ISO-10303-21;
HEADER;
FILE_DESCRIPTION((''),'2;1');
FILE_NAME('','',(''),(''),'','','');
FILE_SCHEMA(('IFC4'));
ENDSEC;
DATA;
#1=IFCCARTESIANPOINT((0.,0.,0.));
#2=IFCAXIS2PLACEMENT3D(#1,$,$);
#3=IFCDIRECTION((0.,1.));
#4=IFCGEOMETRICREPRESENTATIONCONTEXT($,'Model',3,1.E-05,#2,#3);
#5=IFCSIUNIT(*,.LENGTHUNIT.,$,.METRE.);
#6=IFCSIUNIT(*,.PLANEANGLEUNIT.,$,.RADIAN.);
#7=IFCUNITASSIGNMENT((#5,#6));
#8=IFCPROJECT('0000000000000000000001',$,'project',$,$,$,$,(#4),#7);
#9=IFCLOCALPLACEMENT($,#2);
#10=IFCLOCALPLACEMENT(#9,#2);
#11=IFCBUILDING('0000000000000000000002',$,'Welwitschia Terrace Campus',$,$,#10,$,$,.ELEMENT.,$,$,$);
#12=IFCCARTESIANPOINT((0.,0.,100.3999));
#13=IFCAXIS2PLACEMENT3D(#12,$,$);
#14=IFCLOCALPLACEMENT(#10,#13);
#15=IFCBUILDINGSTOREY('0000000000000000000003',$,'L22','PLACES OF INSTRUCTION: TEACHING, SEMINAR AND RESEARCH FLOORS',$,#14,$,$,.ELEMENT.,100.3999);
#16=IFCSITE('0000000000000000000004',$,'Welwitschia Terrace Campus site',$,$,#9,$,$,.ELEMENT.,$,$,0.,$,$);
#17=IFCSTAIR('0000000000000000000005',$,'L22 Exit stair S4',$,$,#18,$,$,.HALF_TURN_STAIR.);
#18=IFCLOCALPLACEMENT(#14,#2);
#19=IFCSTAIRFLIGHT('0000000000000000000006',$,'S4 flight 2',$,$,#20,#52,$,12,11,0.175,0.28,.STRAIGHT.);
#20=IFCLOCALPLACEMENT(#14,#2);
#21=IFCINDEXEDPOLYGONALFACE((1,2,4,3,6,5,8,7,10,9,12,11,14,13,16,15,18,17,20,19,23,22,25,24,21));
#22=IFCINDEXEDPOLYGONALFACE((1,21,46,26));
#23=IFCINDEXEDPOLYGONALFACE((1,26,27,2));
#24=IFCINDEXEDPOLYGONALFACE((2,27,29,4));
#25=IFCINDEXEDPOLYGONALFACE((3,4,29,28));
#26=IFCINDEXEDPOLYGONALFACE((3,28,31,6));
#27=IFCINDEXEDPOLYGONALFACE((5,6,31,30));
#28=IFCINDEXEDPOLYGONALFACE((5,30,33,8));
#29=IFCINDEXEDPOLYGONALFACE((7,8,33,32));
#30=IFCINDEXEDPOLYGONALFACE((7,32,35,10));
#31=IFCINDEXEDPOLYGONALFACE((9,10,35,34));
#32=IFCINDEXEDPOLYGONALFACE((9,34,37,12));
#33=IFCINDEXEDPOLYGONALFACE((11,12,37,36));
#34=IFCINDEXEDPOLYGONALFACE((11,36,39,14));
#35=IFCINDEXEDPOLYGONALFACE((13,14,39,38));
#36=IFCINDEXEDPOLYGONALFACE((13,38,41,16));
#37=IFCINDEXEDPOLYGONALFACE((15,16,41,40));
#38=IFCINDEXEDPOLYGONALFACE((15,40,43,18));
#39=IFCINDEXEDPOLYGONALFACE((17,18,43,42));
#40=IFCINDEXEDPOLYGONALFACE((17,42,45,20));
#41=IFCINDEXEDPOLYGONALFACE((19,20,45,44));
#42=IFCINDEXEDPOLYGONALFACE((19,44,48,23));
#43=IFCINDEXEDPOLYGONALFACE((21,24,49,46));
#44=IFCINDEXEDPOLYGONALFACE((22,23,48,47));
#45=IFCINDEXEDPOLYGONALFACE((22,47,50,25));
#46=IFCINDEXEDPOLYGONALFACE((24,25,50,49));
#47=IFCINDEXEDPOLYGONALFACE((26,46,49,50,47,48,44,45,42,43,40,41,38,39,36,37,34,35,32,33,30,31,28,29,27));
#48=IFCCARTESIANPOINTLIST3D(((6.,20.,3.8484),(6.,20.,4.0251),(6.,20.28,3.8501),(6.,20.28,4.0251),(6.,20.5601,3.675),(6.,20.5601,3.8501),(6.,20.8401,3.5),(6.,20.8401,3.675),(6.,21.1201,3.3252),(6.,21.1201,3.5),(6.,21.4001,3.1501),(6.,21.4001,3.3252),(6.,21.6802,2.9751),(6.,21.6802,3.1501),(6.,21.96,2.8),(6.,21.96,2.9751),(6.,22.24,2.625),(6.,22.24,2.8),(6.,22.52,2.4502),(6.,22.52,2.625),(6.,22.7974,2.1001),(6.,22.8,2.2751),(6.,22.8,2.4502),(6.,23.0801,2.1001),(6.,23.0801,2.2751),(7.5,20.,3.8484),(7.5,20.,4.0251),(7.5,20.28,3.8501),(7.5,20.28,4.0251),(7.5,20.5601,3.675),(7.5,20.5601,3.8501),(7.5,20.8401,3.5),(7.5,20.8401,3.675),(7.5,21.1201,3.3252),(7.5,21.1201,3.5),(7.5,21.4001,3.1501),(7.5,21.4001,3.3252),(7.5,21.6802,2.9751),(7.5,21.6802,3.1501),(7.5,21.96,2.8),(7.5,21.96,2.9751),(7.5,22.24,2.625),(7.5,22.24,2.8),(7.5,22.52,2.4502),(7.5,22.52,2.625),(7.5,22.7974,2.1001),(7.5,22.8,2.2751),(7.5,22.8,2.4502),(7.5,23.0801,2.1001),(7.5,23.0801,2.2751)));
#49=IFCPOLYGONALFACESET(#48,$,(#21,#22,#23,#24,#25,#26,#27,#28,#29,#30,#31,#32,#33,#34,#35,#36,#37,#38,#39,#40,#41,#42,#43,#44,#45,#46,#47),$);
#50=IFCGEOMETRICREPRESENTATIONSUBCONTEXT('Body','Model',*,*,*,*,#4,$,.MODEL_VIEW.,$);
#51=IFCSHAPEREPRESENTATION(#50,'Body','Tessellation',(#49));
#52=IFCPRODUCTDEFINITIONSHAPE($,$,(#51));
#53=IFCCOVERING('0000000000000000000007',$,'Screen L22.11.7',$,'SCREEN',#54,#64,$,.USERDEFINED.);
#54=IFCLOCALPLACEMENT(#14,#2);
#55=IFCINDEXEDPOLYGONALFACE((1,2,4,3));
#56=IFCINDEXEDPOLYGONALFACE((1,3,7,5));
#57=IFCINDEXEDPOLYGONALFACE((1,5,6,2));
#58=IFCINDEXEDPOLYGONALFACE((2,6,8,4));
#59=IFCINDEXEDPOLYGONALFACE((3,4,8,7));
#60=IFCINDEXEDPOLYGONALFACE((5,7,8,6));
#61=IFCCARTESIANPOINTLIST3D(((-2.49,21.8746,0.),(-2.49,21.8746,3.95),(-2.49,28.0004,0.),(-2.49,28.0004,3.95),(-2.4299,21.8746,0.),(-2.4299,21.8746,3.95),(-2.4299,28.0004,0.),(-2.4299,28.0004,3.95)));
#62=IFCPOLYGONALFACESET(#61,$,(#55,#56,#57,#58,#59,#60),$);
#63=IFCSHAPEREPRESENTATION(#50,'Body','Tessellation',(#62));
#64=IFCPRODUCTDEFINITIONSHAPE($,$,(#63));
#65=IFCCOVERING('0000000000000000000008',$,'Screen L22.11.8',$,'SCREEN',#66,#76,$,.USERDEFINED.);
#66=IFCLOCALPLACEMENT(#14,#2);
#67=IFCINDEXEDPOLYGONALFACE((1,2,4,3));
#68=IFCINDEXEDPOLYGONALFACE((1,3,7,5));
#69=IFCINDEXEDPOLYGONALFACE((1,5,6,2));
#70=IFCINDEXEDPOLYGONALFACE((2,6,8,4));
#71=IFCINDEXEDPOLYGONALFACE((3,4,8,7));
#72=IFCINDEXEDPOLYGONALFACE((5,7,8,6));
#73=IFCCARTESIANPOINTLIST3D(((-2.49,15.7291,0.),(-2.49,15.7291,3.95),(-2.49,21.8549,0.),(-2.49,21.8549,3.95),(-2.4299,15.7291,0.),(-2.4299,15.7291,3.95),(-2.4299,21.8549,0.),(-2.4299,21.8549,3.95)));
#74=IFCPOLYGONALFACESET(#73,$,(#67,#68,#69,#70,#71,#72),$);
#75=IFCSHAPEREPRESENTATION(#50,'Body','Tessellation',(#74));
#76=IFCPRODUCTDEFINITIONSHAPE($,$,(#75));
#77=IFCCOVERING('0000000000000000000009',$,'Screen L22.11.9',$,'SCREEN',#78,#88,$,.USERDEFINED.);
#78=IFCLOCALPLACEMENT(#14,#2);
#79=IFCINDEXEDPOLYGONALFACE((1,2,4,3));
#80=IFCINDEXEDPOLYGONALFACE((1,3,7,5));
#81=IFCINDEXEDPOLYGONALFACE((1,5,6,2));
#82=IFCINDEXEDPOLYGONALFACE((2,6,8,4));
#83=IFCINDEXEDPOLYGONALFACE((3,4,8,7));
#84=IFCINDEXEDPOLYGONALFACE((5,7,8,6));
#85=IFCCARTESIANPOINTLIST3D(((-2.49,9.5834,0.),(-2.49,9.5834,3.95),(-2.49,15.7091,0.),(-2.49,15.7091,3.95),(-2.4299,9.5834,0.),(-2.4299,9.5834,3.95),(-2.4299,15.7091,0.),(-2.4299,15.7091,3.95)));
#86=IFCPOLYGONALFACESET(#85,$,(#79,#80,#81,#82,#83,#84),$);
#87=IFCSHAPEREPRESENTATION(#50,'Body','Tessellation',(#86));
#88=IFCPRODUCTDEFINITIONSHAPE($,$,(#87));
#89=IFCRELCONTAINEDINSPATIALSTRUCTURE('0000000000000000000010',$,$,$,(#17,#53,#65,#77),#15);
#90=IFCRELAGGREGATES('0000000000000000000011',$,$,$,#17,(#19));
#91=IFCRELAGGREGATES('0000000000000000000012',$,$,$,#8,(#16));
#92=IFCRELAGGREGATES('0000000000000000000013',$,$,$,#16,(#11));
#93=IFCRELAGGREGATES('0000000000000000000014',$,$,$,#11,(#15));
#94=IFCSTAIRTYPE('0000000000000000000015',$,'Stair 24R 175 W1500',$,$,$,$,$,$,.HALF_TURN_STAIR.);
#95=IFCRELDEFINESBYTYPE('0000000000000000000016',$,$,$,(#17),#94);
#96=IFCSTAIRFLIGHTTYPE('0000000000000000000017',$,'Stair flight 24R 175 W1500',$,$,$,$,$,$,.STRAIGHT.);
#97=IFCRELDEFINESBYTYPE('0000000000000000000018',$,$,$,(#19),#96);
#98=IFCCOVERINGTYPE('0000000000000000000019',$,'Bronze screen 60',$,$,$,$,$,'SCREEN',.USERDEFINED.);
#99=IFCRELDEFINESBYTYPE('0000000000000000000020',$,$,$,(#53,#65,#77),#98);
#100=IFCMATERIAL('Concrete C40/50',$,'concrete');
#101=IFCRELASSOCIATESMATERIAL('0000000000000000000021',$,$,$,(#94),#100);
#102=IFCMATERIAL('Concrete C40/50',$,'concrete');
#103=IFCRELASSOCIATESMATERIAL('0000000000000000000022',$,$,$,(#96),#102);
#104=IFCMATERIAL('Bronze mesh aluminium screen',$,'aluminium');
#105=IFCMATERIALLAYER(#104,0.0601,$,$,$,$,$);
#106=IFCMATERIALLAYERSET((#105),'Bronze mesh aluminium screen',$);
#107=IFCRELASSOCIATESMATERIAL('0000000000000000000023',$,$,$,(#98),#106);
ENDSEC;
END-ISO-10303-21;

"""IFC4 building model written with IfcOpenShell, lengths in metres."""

from ifc_helpers import new_model, si_unit, direction, frame, origin, origin_2d, place, context, subcontext, project, spatial, polyline, rectangle, outline, extrude, material, layer, layer_set, type_object, element, aggregate, save


model = new_model("IFC4")

# Units and contexts
model_context = context("Model", 3, precision=1e-05, world=origin(), true_north=direction((0.0, 1.0)))
body_context = subcontext(model_context, "Body", "Model", "MODEL_VIEW")
ifc_project = project(units=[si_unit("LENGTHUNIT", "METRE"), si_unit("PLANEANGLEUNIT", "RADIAN")], contexts=[model_context])

# Site, building, storey
site_placement = place(None, origin())
site = spatial("IfcSite", under=ifc_project, at=site_placement, Name="Welwitschia Terrace Campus site", CompositionType="ELEMENT", RefElevation=0.0)
building_placement = place(site_placement, origin())
building = spatial("IfcBuilding", under=site, at=building_placement, Name="Welwitschia Terrace Campus", CompositionType="ELEMENT")
storey_placement = place(building_placement, frame((0.0, 0.0, 100.3999)))
storey = spatial("IfcBuildingStorey", under=building, at=storey_placement, Name="L22", Description="PLACES OF INSTRUCTION: TEACHING, SEMINAR AND RESEARCH FLOORS", CompositionType="ELEMENT", Elevation=100.3999)

# Stair, stair flight
ifc_material_1 = material(Name="Concrete C40/50", Category="concrete")
stair_type = type_object("IfcStairType", Name="Stair 24R 175 W1500", PredefinedType="HALF_TURN_STAIR", material=ifc_material_1)
ifc_material_2 = material(Name="Concrete C40/50", Category="concrete")
stair_flight_type = type_object("IfcStairFlightType", Name="Stair flight 24R 175 W1500", PredefinedType="STRAIGHT", material=ifc_material_2)
stair_1_placement = place(storey_placement, origin())
stair_1 = element("IfcStair", 1, at=stair_1_placement, inside=storey, type_object=stair_type, Name="L22 Exit stair S4", PredefinedType="HALF_TURN_STAIR")
stair_flight_1_placement = place(storey_placement, frame((6.75, 23.0801, 2.1001), z_axis=(0.0, 0.0, 1.0), x_axis=(0.0, -1.0, 0.0)))
stair_flight_1 = element("IfcStairFlight", 2, at=stair_flight_1_placement, type_object=stair_flight_type, Name="S4 flight 2", NumberOfRisers=12, NumberOfTreads=11, PredefinedType="STRAIGHT", RiserHeight=0.175, TreadLength=0.28, context=body_context, shape_type="SweptSolid", body=[
    extrude(outline(polyline([(0.0, 0.0), (0.0, 0.175), (0.28, 0.175), (0.28, 0.3501), (0.5601, 0.3501), (0.5601, 0.5249), (0.8401, 0.5249), (0.8401, 0.7), (1.1201, 0.7), (1.1201, 0.875), (1.3999, 0.875), (1.3999, 1.05), (1.6799, 1.05), (1.6799, 1.2251), (1.96, 1.2251), (1.96, 1.3999), (2.24, 1.3999), (2.24, 1.575), (2.52, 1.575), (2.52, 1.75), (2.8, 1.75), (2.8, 1.925), (3.0801, 1.925), (3.0801, 2.1001), (3.0801, 1.7483), (0.2827, 0.0), (0.0, 0.0)])), frame((0.0, 0.75, 0.0), z_axis=(0.0, -1.0, 0.0), x_axis=(1.0, 0.0, 0.0)), (0.0, 0.0, 1.0), 1.5),
])
aggregate(stair_1, [stair_flight_1])

# Coverings
ifc_material_3 = material(Name="Bronze mesh aluminium screen", Category="aluminium")
ifc_layer_1 = layer(ifc_material_3, 0.0601)
ifc_layer_set_1 = layer_set([ifc_layer_1], Name="Bronze mesh aluminium screen")
covering_type = type_object("IfcCoveringType", Name="Bronze screen 60", ElementType="SCREEN", PredefinedType="USERDEFINED", material=ifc_layer_set_1)
for number, where, z_axis, x_axis, name in (
    (3, (-2.46, 24.9375, 0.0), (0.0, 0.0, 1.0), (0.0, -1.0, 0.0), "Screen L22.11.7"),
    (4, (-2.46, 18.792, 0.0), (0.0, 0.0, 1.0), (0.0, -1.0, 0.0), "Screen L22.11.8"),
    (5, (-2.46, 12.6462, 0.0), (0.0, 0.0, 1.0), (0.0, -1.0, 0.0), "Screen L22.11.9"),
):
    element("IfcCovering", number, at=place(storey_placement, frame(where, z_axis=z_axis, x_axis=x_axis)), inside=storey, type_object=covering_type, Name=name, ObjectType="SCREEN", PredefinedType="USERDEFINED", context=body_context, shape_type="SweptSolid", body=[
        extrude(rectangle(XDim=6.1257, YDim=0.0601, at=origin_2d()), origin(), (0.0, 0.0, 1.0), 3.95),
    ])

save(model, "model.ifc")
